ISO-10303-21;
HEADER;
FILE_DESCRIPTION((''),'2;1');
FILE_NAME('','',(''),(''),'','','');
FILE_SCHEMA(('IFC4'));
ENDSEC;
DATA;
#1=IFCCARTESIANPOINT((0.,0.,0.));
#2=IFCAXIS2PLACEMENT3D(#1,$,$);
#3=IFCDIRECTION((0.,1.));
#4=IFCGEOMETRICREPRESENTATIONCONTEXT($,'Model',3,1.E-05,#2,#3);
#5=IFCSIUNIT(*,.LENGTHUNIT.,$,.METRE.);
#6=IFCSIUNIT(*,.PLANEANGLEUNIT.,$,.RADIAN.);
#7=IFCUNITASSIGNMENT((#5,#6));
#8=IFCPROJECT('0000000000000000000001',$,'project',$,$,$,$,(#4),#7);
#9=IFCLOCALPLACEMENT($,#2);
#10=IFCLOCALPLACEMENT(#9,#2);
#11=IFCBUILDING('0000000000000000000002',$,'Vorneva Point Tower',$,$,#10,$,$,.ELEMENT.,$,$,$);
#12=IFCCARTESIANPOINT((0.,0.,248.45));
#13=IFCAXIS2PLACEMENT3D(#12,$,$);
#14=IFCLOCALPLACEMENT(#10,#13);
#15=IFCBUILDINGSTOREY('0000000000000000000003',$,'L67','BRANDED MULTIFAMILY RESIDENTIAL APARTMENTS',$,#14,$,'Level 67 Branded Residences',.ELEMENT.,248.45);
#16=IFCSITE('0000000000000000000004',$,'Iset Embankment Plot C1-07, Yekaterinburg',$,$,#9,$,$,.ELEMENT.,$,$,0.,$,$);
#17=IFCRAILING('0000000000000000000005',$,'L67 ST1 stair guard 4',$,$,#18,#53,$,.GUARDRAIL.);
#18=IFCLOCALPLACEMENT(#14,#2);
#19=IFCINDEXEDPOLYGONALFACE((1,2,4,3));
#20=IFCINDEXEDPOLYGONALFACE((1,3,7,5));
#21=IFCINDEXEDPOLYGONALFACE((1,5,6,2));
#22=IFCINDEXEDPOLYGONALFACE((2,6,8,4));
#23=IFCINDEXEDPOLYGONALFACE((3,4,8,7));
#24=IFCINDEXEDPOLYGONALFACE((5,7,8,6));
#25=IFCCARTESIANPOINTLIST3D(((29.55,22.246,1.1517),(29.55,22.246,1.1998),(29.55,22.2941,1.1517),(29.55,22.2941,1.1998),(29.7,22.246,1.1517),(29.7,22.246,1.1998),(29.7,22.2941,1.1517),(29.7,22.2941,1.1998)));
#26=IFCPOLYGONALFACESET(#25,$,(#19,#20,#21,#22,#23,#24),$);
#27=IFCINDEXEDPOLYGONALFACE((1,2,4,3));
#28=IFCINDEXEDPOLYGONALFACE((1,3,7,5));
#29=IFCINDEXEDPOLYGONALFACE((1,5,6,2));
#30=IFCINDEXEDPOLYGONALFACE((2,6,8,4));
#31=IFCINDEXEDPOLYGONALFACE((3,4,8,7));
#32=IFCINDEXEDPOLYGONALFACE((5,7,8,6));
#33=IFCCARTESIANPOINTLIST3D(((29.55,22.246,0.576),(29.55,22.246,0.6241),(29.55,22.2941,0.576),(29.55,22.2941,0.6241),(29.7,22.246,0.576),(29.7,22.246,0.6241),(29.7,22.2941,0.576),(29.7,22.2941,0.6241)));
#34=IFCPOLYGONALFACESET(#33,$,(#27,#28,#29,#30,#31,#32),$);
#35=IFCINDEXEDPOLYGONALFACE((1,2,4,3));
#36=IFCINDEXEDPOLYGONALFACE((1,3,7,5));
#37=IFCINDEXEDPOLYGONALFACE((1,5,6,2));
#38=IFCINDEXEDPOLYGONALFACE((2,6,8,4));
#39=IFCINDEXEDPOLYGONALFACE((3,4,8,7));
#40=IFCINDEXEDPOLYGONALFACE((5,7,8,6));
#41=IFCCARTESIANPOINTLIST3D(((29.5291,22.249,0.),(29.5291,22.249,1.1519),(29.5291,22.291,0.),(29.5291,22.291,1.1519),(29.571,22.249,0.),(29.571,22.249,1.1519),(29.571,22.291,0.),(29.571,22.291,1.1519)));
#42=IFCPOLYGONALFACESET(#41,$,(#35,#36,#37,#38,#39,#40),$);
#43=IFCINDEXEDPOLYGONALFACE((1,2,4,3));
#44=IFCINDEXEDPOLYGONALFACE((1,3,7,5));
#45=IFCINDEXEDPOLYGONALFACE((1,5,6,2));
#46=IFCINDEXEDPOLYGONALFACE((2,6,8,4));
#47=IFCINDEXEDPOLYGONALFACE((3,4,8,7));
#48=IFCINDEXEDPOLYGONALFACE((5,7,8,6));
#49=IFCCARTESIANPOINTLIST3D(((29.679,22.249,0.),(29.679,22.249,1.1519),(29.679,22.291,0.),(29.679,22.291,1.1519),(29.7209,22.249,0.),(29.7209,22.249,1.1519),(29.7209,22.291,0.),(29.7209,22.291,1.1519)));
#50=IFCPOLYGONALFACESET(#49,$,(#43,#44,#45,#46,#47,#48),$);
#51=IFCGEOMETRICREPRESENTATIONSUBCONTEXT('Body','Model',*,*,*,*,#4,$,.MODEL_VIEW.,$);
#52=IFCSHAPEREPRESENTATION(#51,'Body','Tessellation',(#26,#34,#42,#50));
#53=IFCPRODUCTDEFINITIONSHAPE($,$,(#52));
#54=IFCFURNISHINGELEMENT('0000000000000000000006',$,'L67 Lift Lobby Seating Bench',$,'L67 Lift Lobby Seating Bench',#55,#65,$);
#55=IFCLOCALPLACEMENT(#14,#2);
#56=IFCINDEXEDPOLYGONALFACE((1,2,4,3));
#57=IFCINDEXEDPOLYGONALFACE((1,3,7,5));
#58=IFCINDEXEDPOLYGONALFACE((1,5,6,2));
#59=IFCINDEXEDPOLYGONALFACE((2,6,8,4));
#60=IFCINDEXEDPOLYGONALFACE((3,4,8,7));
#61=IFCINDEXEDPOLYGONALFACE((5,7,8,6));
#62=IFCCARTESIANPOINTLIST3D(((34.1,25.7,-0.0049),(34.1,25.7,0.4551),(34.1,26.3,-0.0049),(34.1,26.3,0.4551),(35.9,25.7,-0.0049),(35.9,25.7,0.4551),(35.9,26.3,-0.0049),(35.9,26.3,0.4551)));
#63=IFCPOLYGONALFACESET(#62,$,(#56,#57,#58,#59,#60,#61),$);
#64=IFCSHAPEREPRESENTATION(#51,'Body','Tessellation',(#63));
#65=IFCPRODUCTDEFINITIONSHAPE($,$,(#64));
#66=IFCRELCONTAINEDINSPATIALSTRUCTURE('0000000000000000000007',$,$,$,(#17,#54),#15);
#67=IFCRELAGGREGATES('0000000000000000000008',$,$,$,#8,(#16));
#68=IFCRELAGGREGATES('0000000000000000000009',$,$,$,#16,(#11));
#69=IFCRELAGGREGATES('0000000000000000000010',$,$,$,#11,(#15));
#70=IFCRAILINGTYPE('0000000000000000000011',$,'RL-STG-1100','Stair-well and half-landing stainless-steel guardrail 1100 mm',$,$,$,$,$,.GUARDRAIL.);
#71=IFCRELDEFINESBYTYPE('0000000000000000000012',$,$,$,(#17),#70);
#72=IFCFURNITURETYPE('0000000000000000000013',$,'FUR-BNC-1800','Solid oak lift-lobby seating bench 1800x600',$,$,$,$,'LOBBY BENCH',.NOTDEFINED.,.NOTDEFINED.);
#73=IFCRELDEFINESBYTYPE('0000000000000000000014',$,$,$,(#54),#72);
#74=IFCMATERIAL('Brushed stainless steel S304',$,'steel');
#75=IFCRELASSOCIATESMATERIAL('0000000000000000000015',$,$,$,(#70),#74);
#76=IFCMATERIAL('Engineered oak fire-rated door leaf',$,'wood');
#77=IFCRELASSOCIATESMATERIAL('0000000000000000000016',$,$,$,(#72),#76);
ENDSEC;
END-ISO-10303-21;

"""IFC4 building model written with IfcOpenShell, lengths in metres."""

from ifc_helpers import new_model, si_unit, direction, frame, origin, origin_2d, place, context, subcontext, project, spatial, rectangle, extrude, material, type_object, element, save


model = new_model("IFC4")

# Units and contexts
model_context = context("Model", 3, precision=1e-05, world=origin(), true_north=direction((0.0, 1.0)))
body_context = subcontext(model_context, "Body", "Model", "MODEL_VIEW")
ifc_project = project(units=[si_unit("LENGTHUNIT", "METRE"), si_unit("PLANEANGLEUNIT", "RADIAN")], contexts=[model_context])

# Site, building, storey
site_placement = place(None, origin())
site = spatial("IfcSite", under=ifc_project, at=site_placement, Name="Iset Embankment Plot C1-07, Yekaterinburg", CompositionType="ELEMENT", RefElevation=0.0)
building_placement = place(site_placement, origin())
building = spatial("IfcBuilding", under=site, at=building_placement, Name="Vorneva Point Tower", CompositionType="ELEMENT")
storey_placement = place(building_placement, frame((0.0, 0.0, 248.45)))
storey = spatial("IfcBuildingStorey", under=building, at=storey_placement, Name="L67", Description="BRANDED MULTIFAMILY RESIDENTIAL APARTMENTS", LongName="Level 67 Branded Residences", CompositionType="ELEMENT", Elevation=248.45)

# Shared definitions
ifc_material_1 = material(Name="Engineered oak fire-rated door leaf", Category="wood")

# Railing
ifc_material_2 = material(Name="Brushed stainless steel S304", Category="steel")
railing_type_1 = type_object("IfcRailingType", Name="RL-STG-1100", Description="Stair-well and half-landing stainless-steel guardrail 1100 mm", PredefinedType="GUARDRAIL", material=ifc_material_2)
railing_1_placement = place(storey_placement, frame((29.55, 22.27, 0.0)))
element("IfcRailing", 1, at=railing_1_placement, inside=storey, type_object=railing_type_1, Name="L67 ST1 stair guard 4", PredefinedType="GUARDRAIL", context=body_context, shape_type="SweptSolid", body=[
    extrude(rectangle(XDim=0.0481, YDim=0.0481, at=origin_2d()), frame((0.0, 0.0, 1.1758), z_axis=(1.0, 0.0, 0.0), x_axis=(0.0, 1.0, 0.0)), (0.0, 0.0, 1.0), 0.1499),
    extrude(rectangle(XDim=0.0481, YDim=0.0481, at=origin_2d()), frame((0.0, 0.0, 0.6001), z_axis=(1.0, 0.0, 0.0), x_axis=(0.0, 1.0, 0.0)), (0.0, 0.0, 1.0), 0.1499),
    extrude(rectangle(XDim=0.042, YDim=0.042, at=origin_2d()), origin(), (0.0, 0.0, 1.0), 1.1519),
    extrude(rectangle(XDim=0.042, YDim=0.042, at=origin_2d()), frame((0.1499, 0.0, 0.0)), (0.0, 0.0, 1.0), 1.1519),
])

# Furnishing element
furniture_type = type_object("IfcFurnitureType", Name="FUR-BNC-1800", Description="Solid oak lift-lobby seating bench 1800x600", ElementType="LOBBY BENCH", AssemblyPlace="NOTDEFINED", PredefinedType="NOTDEFINED", material=ifc_material_1)
furnishing_placement = place(storey_placement, frame((35.0, 26.0, -0.0049), z_axis=(0.0, 0.0, 1.0), x_axis=(1.0, 0.0, 0.0)))
element("IfcFurnishingElement", 2, at=furnishing_placement, inside=storey, type_object=furniture_type, Name="L67 Lift Lobby Seating Bench", ObjectType="L67 Lift Lobby Seating Bench", context=body_context, shape_type="SweptSolid", body=[
    extrude(rectangle(XDim=1.8, YDim=0.6001, at=origin_2d()), origin(), (0.0, 0.0, 1.0), 0.46),
])

save(model, "model.ifc")
